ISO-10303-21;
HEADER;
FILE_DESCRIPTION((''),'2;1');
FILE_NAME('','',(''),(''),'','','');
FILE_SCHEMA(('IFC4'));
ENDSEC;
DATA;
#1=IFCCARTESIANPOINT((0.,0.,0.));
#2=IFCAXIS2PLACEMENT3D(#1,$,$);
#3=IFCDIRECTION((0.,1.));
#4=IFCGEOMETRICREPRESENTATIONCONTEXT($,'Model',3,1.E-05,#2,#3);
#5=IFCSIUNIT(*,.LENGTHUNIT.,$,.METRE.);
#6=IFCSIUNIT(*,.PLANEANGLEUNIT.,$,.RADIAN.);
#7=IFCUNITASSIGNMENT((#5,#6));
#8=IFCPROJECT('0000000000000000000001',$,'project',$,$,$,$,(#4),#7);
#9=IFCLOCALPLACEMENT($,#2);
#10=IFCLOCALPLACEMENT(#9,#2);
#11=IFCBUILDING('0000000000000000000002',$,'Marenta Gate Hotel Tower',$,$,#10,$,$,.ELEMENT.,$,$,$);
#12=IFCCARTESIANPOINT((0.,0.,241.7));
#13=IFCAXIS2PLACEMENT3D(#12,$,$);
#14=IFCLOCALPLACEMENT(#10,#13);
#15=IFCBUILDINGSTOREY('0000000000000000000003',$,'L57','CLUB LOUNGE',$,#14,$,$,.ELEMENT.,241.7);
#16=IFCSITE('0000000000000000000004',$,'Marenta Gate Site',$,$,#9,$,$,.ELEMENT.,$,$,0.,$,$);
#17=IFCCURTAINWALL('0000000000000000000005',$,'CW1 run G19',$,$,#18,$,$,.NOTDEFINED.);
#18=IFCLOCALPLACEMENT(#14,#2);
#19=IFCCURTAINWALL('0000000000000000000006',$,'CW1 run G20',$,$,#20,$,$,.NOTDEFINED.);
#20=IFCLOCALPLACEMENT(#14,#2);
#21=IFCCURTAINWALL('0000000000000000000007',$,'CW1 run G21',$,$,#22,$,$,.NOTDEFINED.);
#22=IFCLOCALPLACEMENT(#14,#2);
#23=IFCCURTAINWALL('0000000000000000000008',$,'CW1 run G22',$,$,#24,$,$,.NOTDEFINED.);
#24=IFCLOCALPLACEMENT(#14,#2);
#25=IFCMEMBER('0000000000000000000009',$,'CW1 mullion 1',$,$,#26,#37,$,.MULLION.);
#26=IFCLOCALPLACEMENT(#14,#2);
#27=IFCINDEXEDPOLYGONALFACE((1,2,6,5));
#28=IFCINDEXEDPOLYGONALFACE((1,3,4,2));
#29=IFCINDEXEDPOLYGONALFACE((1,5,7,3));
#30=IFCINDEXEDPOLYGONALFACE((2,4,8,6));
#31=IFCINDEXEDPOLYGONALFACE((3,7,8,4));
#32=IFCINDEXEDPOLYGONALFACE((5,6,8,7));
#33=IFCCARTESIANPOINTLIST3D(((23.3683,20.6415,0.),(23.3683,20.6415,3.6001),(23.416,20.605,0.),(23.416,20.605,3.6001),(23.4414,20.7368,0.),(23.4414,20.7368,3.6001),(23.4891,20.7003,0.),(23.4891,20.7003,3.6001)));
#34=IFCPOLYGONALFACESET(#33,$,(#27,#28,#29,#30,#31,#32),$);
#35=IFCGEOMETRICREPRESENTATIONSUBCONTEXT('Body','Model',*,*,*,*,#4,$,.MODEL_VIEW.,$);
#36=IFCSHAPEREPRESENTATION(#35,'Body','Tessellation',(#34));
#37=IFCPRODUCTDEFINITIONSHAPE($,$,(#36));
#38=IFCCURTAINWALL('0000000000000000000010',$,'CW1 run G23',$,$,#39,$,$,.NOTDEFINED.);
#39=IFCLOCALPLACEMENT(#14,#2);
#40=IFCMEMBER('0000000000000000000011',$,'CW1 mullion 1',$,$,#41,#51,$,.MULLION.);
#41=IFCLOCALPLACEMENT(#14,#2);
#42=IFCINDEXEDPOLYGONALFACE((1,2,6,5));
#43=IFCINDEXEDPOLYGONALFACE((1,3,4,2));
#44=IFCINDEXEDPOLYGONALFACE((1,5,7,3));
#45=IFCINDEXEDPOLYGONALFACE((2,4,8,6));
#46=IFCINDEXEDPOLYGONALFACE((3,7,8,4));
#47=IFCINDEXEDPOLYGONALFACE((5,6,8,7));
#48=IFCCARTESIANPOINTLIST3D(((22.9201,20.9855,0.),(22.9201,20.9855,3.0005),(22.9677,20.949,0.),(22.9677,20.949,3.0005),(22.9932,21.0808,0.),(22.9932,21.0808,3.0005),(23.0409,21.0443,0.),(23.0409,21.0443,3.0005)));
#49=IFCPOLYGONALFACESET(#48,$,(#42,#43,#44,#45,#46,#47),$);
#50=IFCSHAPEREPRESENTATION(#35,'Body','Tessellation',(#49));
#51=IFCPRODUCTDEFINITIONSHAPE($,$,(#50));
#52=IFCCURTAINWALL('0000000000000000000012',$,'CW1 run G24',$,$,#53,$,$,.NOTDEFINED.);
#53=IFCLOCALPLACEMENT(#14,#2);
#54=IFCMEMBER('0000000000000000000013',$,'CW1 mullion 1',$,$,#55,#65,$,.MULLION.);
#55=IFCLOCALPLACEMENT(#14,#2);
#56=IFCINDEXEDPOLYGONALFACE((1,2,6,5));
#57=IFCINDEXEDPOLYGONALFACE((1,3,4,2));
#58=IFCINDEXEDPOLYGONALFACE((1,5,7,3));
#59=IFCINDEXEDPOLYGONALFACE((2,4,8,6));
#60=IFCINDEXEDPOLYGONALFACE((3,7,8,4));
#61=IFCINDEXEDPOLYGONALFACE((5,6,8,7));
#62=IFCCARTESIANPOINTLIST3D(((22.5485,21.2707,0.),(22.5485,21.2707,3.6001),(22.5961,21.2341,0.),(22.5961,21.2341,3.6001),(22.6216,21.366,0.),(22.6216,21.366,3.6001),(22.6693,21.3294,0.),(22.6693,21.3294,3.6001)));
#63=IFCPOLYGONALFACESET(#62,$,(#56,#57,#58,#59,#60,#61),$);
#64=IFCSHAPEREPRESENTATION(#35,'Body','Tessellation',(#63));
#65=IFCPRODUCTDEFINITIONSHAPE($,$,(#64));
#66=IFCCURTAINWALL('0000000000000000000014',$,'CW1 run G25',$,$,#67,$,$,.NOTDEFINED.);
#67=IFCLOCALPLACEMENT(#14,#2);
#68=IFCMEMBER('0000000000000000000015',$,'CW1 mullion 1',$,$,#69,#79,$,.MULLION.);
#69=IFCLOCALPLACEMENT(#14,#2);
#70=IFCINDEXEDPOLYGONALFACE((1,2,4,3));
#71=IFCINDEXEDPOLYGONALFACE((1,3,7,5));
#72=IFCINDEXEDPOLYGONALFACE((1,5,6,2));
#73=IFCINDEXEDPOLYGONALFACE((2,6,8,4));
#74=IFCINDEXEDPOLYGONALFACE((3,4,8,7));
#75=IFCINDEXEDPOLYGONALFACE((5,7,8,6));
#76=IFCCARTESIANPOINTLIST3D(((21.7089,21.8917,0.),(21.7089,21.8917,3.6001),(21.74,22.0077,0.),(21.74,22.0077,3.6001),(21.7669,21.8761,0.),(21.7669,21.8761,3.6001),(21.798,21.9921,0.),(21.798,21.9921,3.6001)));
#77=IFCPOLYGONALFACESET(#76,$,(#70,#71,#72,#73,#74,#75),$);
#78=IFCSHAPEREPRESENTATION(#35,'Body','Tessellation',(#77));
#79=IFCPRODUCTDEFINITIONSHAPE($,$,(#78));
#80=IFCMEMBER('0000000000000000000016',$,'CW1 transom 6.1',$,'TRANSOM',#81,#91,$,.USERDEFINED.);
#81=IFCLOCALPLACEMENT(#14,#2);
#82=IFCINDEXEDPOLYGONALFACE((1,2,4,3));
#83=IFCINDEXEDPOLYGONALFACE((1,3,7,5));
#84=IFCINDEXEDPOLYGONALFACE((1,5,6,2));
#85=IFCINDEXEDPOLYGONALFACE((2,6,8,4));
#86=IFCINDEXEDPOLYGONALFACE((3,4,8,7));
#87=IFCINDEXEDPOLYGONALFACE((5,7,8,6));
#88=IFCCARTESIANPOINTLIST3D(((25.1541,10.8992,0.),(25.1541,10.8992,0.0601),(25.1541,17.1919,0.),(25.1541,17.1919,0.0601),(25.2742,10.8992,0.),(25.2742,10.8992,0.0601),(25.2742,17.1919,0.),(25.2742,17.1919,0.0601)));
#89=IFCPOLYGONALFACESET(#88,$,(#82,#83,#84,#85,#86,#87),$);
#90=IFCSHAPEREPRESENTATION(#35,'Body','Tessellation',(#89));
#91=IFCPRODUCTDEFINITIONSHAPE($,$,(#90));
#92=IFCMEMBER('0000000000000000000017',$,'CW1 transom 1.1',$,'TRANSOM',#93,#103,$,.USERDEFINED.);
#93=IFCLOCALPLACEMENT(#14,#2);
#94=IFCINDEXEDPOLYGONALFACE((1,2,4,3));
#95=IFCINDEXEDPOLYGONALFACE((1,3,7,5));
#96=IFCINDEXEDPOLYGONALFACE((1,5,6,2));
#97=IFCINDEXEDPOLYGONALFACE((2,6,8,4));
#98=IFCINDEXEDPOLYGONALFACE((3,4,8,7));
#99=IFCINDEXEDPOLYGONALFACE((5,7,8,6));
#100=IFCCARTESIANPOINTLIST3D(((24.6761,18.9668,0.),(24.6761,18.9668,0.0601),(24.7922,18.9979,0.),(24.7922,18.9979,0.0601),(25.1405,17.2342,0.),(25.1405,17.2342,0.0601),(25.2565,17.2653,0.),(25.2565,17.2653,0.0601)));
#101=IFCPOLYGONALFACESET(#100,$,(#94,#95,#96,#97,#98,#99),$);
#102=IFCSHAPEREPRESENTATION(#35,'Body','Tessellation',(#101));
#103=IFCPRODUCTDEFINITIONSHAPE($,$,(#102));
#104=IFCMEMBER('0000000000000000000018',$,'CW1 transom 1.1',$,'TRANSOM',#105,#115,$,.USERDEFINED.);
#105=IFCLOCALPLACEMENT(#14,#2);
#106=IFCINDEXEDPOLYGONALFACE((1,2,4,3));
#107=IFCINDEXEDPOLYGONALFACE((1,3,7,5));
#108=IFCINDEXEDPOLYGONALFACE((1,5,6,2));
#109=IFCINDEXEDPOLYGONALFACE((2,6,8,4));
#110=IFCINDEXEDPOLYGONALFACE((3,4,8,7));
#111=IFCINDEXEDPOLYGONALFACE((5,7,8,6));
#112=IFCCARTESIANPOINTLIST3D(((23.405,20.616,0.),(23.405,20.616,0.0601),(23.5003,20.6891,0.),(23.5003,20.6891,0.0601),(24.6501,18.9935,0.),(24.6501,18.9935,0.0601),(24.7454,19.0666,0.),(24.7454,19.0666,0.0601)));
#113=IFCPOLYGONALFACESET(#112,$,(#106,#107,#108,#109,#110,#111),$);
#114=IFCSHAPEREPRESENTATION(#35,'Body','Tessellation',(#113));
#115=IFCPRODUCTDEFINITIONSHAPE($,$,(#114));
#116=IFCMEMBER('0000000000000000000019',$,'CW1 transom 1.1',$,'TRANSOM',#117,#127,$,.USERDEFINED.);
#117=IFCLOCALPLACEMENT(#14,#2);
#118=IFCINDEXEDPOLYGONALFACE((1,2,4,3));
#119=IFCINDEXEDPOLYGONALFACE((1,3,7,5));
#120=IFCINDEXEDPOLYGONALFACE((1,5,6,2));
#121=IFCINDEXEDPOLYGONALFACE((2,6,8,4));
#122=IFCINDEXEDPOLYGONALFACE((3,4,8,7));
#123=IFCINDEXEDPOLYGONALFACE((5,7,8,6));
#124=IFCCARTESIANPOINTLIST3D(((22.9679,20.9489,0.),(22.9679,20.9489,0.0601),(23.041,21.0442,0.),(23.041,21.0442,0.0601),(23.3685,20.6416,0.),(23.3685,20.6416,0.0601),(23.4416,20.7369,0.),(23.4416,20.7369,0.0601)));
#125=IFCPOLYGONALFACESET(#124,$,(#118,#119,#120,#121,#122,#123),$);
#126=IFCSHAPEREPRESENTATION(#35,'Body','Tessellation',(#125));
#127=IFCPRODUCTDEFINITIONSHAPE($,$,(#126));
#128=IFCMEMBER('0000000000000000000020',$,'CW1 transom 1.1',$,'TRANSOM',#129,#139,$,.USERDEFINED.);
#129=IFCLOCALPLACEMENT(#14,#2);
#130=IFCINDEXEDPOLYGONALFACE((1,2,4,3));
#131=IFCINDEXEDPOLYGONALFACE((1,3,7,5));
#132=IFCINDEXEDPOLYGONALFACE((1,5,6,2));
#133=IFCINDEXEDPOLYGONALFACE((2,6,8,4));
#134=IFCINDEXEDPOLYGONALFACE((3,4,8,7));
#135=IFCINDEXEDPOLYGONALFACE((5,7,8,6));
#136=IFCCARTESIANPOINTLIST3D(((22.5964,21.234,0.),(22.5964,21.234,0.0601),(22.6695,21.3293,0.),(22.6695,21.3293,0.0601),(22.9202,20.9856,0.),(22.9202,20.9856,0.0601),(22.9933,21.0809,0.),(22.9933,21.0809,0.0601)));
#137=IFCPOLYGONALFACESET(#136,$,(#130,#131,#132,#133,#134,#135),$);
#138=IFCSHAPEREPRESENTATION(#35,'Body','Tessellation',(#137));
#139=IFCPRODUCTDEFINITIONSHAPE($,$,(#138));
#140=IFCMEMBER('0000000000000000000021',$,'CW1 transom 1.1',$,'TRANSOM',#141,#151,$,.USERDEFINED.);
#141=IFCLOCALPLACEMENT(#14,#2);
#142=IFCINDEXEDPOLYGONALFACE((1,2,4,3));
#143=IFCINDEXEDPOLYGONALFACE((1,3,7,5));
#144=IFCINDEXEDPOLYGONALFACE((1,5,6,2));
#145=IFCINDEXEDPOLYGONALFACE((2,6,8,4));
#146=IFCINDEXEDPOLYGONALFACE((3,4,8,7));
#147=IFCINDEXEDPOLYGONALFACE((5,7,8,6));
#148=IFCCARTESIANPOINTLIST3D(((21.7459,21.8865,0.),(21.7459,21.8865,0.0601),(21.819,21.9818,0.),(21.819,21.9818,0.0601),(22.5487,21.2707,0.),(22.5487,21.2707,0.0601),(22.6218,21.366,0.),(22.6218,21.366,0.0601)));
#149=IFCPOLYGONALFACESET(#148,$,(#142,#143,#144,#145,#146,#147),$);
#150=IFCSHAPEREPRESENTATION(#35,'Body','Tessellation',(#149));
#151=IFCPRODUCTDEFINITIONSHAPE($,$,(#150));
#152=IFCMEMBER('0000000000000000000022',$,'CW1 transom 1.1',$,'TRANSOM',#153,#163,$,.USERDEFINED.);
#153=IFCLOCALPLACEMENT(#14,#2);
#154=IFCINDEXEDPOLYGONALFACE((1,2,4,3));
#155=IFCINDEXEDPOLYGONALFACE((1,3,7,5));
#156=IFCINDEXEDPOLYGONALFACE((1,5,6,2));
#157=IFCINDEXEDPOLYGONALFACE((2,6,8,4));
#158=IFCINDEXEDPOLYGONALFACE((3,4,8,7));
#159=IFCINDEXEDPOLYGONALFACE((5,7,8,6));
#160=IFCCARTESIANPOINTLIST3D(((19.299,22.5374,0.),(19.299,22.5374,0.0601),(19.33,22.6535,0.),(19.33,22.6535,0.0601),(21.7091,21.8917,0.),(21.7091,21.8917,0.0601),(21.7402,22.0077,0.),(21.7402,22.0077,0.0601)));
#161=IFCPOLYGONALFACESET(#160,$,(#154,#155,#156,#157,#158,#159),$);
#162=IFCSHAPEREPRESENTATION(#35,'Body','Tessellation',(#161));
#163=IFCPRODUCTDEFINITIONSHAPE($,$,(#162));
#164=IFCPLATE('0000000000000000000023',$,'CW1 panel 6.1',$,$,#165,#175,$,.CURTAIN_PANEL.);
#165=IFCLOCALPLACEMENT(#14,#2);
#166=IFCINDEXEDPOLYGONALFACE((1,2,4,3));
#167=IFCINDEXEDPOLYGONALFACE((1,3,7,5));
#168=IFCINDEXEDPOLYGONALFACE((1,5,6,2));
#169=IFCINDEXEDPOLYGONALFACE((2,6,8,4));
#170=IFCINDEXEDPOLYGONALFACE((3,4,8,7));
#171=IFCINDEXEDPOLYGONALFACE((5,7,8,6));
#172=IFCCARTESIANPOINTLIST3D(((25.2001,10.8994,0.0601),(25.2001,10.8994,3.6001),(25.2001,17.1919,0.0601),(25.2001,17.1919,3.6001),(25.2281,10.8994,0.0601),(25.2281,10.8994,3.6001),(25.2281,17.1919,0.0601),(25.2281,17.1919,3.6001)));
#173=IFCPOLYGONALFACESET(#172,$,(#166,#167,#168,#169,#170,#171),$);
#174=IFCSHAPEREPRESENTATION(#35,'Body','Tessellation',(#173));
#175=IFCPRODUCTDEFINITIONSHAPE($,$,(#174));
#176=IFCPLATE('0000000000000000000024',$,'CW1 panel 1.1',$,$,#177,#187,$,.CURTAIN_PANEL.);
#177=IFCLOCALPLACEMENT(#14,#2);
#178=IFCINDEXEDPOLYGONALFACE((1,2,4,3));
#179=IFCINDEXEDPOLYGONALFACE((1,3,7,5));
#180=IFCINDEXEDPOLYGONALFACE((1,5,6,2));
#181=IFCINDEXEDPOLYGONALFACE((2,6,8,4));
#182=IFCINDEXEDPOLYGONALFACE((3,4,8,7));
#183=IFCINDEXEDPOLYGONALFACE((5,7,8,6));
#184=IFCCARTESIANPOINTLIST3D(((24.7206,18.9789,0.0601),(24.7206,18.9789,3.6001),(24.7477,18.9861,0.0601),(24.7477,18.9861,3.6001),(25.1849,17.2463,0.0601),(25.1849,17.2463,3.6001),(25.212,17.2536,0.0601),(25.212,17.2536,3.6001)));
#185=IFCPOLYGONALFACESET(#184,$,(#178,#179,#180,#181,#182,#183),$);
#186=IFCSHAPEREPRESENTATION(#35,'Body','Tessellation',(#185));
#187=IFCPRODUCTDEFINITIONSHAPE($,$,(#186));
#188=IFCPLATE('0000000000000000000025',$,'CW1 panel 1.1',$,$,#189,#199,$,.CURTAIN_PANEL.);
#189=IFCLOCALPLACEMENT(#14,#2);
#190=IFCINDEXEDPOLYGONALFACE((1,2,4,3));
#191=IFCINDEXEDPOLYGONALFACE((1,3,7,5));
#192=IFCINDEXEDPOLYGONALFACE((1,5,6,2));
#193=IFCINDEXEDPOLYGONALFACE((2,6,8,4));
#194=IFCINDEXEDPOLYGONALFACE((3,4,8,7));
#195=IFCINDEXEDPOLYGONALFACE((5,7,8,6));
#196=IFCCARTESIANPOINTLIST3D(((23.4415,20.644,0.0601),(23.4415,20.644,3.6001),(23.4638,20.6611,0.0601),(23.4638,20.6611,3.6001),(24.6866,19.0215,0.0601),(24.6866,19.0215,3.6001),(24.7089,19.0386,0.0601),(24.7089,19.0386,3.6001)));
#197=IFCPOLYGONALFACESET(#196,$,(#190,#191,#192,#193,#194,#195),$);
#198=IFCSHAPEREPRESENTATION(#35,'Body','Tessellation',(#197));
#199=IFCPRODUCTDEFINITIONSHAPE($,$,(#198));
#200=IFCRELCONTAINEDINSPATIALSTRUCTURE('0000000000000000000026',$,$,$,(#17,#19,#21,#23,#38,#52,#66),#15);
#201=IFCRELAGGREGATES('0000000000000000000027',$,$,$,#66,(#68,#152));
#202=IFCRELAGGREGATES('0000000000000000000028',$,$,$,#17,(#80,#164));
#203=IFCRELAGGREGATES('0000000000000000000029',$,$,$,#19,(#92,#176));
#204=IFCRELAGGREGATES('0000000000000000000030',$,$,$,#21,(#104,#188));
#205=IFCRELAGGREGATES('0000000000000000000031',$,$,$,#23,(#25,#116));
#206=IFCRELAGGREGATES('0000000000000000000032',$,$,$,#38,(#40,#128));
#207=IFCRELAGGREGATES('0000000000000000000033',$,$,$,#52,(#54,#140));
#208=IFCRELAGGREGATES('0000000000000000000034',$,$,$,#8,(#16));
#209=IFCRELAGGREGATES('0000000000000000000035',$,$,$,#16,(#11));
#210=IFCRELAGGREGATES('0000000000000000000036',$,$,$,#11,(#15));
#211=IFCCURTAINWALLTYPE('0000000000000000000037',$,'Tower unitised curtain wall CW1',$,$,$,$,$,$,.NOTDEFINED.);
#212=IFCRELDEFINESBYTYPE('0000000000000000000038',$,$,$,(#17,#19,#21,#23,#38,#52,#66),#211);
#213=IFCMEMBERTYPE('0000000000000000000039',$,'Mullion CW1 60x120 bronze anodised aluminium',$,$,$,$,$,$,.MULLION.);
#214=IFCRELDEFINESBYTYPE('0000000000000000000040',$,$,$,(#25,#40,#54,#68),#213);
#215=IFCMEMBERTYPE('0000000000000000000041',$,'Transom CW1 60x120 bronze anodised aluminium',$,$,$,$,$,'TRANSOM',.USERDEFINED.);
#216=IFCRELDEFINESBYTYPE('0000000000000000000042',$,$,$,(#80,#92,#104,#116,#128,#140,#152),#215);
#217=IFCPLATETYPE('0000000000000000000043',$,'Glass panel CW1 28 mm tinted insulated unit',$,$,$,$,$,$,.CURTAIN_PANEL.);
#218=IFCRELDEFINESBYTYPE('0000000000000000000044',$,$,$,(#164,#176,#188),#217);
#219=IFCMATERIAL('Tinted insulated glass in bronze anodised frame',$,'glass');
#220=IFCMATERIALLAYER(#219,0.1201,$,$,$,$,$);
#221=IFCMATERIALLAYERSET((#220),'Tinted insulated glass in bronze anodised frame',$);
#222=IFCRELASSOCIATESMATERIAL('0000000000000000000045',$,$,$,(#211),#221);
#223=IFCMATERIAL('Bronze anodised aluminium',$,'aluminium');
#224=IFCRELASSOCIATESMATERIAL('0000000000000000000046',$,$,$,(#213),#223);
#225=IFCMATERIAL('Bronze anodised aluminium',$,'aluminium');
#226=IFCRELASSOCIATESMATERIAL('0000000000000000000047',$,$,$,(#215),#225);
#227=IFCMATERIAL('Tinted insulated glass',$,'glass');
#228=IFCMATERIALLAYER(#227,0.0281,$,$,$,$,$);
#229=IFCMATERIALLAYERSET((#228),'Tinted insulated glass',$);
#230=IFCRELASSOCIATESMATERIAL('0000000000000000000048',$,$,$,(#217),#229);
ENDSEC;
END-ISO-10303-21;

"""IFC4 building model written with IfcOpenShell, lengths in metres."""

from ifc_helpers import new_model, si_unit, direction, frame, origin, origin_2d, place, context, subcontext, project, spatial, rectangle, extrude, material, layer, layer_set, material_profile, profile_set, type_object, element, aggregate, save


model = new_model("IFC4")

# Units and contexts
model_context = context("Model", 3, precision=1e-05, world=origin(), true_north=direction((0.0, 1.0)))
body_context = subcontext(model_context, "Body", "Model", "MODEL_VIEW")
ifc_project = project(units=[si_unit("LENGTHUNIT", "METRE"), si_unit("PLANEANGLEUNIT", "RADIAN")], contexts=[model_context])

# Site, building, storey
site_placement = place(None, origin())
site = spatial("IfcSite", under=ifc_project, at=site_placement, Name="Marenta Gate Site", CompositionType="ELEMENT", RefElevation=0.0)
building_placement = place(site_placement, origin())
building = spatial("IfcBuilding", under=site, at=building_placement, Name="Marenta Gate Hotel Tower", CompositionType="ELEMENT")
storey_placement = place(building_placement, frame((0.0, 0.0, 241.7)))
storey = spatial("IfcBuildingStorey", under=building, at=storey_placement, Name="L57", Description="CLUB LOUNGE", CompositionType="ELEMENT", Elevation=241.7)

# Curtain walls, members
ifc_material_1 = material(Name="Tinted insulated glass in bronze anodised frame", Category="glass")
ifc_layer_1 = layer(ifc_material_1, 0.1201)
ifc_layer_set_1 = layer_set([ifc_layer_1], Name="Tinted insulated glass in bronze anodised frame")
curtain_wall_type = type_object("IfcCurtainWallType", Name="Tower unitised curtain wall CW1", PredefinedType="NOTDEFINED", material=ifc_layer_set_1)
curtain_wall_1_placement = place(storey_placement, origin())
curtain_wall_1 = element("IfcCurtainWall", 1, at=curtain_wall_1_placement, inside=storey, type_object=curtain_wall_type, Name="CW1 run G19", PredefinedType="NOTDEFINED")
ifc_material_2 = material(Name="Bronze anodised aluminium", Category="aluminium")
ifc_material_profile_1 = material_profile(ifc_material_2, rectangle(XDim=0.1201, YDim=0.0601, at=origin_2d()), Name="Mullion CW1 60x120 bronze anodised aluminium")
ifc_profile_set_1 = profile_set([ifc_material_profile_1], Name="Bronze anodised aluminium")
member_type_1 = type_object("IfcMemberType", Name="Mullion CW1 60x120 bronze anodised aluminium", PredefinedType="MULLION", material=ifc_profile_set_1)
curtain_wall_2_placement = place(storey_placement, origin())
curtain_wall_2 = element("IfcCurtainWall", 2, at=curtain_wall_2_placement, inside=storey, type_object=curtain_wall_type, Name="CW1 run G20", PredefinedType="NOTDEFINED")
curtain_wall_3_placement = place(storey_placement, origin())
curtain_wall_3 = element("IfcCurtainWall", 3, at=curtain_wall_3_placement, inside=storey, type_object=curtain_wall_type, Name="CW1 run G21", PredefinedType="NOTDEFINED")
curtain_wall_4_placement = place(storey_placement, origin())
curtain_wall_4 = element("IfcCurtainWall", 4, at=curtain_wall_4_placement, inside=storey, type_object=curtain_wall_type, Name="CW1 run G22", PredefinedType="NOTDEFINED")
member_1_placement = place(storey_placement, frame((23.4287, 20.6709, 0.0), z_axis=(0.0, 0.0, 1.0), x_axis=(-0.60877, -0.793347, 0.0)))
member_1 = element("IfcMember", 5, at=member_1_placement, type_object=member_type_1, Name="CW1 mullion 1", PredefinedType="MULLION", context=body_context, shape_type="SweptSolid", body=[
    extrude(rectangle(XDim=0.1201, YDim=0.0601, at=origin_2d()), origin(), (0.0, 0.0, 1.0), 3.6001),
])
curtain_wall_5_placement = place(storey_placement, origin())
curtain_wall_5 = element("IfcCurtainWall", 6, at=curtain_wall_5_placement, inside=storey, type_object=curtain_wall_type, Name="CW1 run G23", PredefinedType="NOTDEFINED")
member_2_placement = place(storey_placement, frame((22.9805, 21.0149, 0.0), z_axis=(0.0, 0.0, 1.0), x_axis=(-0.608844, -0.79329, 0.0)))
member_2 = element("IfcMember", 7, at=member_2_placement, type_object=member_type_1, Name="CW1 mullion 1", PredefinedType="MULLION", context=body_context, shape_type="SweptSolid", body=[
    extrude(rectangle(XDim=0.1201, YDim=0.0601, at=origin_2d()), origin(), (0.0, 0.0, 1.0), 3.0005),
])
curtain_wall_6_placement = place(storey_placement, origin())
curtain_wall_6 = element("IfcCurtainWall", 8, at=curtain_wall_6_placement, inside=storey, type_object=curtain_wall_type, Name="CW1 run G24", PredefinedType="NOTDEFINED")
member_3_placement = place(storey_placement, frame((22.6089, 21.3, 0.0), z_axis=(0.0, 0.0, 1.0), x_axis=(-0.608772, -0.793345, 0.0)))
member_3 = element("IfcMember", 9, at=member_3_placement, type_object=member_type_1, Name="CW1 mullion 1", PredefinedType="MULLION", context=body_context, shape_type="SweptSolid", body=[
    extrude(rectangle(XDim=0.1201, YDim=0.0601, at=origin_2d()), origin(), (0.0, 0.0, 1.0), 3.6001),
])
curtain_wall_7_placement = place(storey_placement, origin())
curtain_wall_7 = element("IfcCurtainWall", 10, at=curtain_wall_7_placement, inside=storey, type_object=curtain_wall_type, Name="CW1 run G25", PredefinedType="NOTDEFINED")
member_4_placement = place(storey_placement, frame((21.7534, 21.9419, 0.0), z_axis=(0.0, 0.0, 1.0), x_axis=(-0.258805, -0.96593, 0.0)))
member_4 = element("IfcMember", 11, at=member_4_placement, type_object=member_type_1, Name="CW1 mullion 1", PredefinedType="MULLION", context=body_context, shape_type="SweptSolid", body=[
    extrude(rectangle(XDim=0.1201, YDim=0.0601, at=origin_2d()), origin(), (0.0, 0.0, 1.0), 3.6001),
])

# Members
ifc_material_3 = material(Name="Bronze anodised aluminium", Category="aluminium")
ifc_material_profile_2 = material_profile(ifc_material_3, rectangle(XDim=0.1201, YDim=0.0601, at=origin_2d()), Name="Transom CW1 60x120 bronze anodised aluminium")
ifc_profile_set_2 = profile_set([ifc_material_profile_2], Name="Bronze anodised aluminium")
member_type_2 = type_object("IfcMemberType", Name="Transom CW1 60x120 bronze anodised aluminium", ElementType="TRANSOM", PredefinedType="USERDEFINED", material=ifc_profile_set_2)
member_5_placement = place(storey_placement, frame((25.2141, 10.8992, 0.03), z_axis=(0.0, 1.0, 0.0), x_axis=(-1.0, 0.0, 0.0)))
member_5 = element("IfcMember", 12, at=member_5_placement, type_object=member_type_2, Name="CW1 transom 6.1", ObjectType="TRANSOM", PredefinedType="USERDEFINED", context=body_context, shape_type="SweptSolid", body=[
    extrude(rectangle(XDim=0.1201, YDim=0.0601, at=origin_2d()), origin(), (0.0, 0.0, 1.0), 6.2927),
])
member_6_placement = place(storey_placement, frame((25.1985, 17.2498, 0.03), z_axis=(-0.258865, 0.965913, 0.0), x_axis=(-0.965913, -0.258865, 0.0)))
member_6 = element("IfcMember", 13, at=member_6_placement, type_object=member_type_2, Name="CW1 transom 1.1", ObjectType="TRANSOM", PredefinedType="USERDEFINED", context=body_context, shape_type="SweptSolid", body=[
    extrude(rectangle(XDim=0.1201, YDim=0.0601, at=origin_2d()), origin(), (0.0, 0.0, 1.0), 1.7937),
])
member_7_placement = place(storey_placement, frame((24.6978, 19.03, 0.03), z_axis=(-0.608787, 0.793333, 0.0), x_axis=(-0.793333, -0.608787, 0.0)))
member_7 = element("IfcMember", 14, at=member_7_placement, type_object=member_type_2, Name="CW1 transom 1.1", ObjectType="TRANSOM", PredefinedType="USERDEFINED", context=body_context, shape_type="SweptSolid", body=[
    extrude(rectangle(XDim=0.1201, YDim=0.0601, at=origin_2d()), origin(), (0.0, 0.0, 1.0), 2.0452),
])
member_8_placement = place(storey_placement, frame((23.405, 20.6892, 0.03), z_axis=(-0.793396, 0.608706, 0.0), x_axis=(-0.608706, -0.793396, 0.0)))
member_8 = element("IfcMember", 15, at=member_8_placement, type_object=member_type_2, Name="CW1 transom 1.1", ObjectType="TRANSOM", PredefinedType="USERDEFINED", context=body_context, shape_type="SweptSolid", body=[
    extrude(rectangle(XDim=0.1201, YDim=0.0601, at=origin_2d()), origin(), (0.0, 0.0, 1.0), 0.5049),
])
member_9_placement = place(storey_placement, frame((22.9568, 21.0332, 0.03), z_axis=(-0.793423, 0.60867, 0.0), x_axis=(-0.60867, -0.793423, 0.0)))
member_9 = element("IfcMember", 16, at=member_9_placement, type_object=member_type_2, Name="CW1 transom 1.1", ObjectType="TRANSOM", PredefinedType="USERDEFINED", context=body_context, shape_type="SweptSolid", body=[
    extrude(rectangle(XDim=0.1201, YDim=0.0601, at=origin_2d()), origin(), (0.0, 0.0, 1.0), 0.4082),
])
member_10_placement = place(storey_placement, frame((22.5852, 21.3184, 0.03), z_axis=(-0.793467, 0.608614, 0.0), x_axis=(-0.608614, -0.793467, 0.0)))
member_10 = element("IfcMember", 17, at=member_10_placement, type_object=member_type_2, Name="CW1 transom 1.1", ObjectType="TRANSOM", PredefinedType="USERDEFINED", context=body_context, shape_type="SweptSolid", body=[
    extrude(rectangle(XDim=0.1201, YDim=0.0601, at=origin_2d()), origin(), (0.0, 0.0, 1.0), 1.0117),
])
member_11_placement = place(storey_placement, frame((21.7246, 21.9497, 0.03), z_axis=(-0.965931, 0.258801, 0.0), x_axis=(-0.258801, -0.965931, 0.0)))
member_11 = element("IfcMember", 18, at=member_11_placement, type_object=member_type_2, Name="CW1 transom 1.1", ObjectType="TRANSOM", PredefinedType="USERDEFINED", context=body_context, shape_type="SweptSolid", body=[
    extrude(rectangle(XDim=0.1201, YDim=0.0601, at=origin_2d()), origin(), (0.0, 0.0, 1.0), 2.4951),
])
aggregate(curtain_wall_7, [member_4, member_11])

# Plates
ifc_material_4 = material(Name="Tinted insulated glass", Category="glass")
ifc_layer_2 = layer(ifc_material_4, 0.0281)
ifc_layer_set_2 = layer_set([ifc_layer_2], Name="Tinted insulated glass")
plate_type = type_object("IfcPlateType", Name="Glass panel CW1 28 mm tinted insulated unit", PredefinedType="CURTAIN_PANEL", material=ifc_layer_set_2)
plate_1_placement = place(storey_placement, frame((25.2141, 14.0457, 0.0601), z_axis=(0.0, 0.0, 1.0), x_axis=(0.0, 1.0, 0.0)))
plate_1 = element("IfcPlate", 19, at=plate_1_placement, type_object=plate_type, Name="CW1 panel 6.1", PredefinedType="CURTAIN_PANEL", context=body_context, shape_type="SweptSolid", body=[
    extrude(rectangle(XDim=6.2925, YDim=0.0281, at=origin_2d()), origin(), (0.0, 0.0, 1.0), 3.54),
])
aggregate(curtain_wall_1, [member_5, plate_1])
plate_2_placement = place(storey_placement, frame((24.9663, 18.1162, 0.0601), z_axis=(0.0, 0.0, 1.0), x_axis=(-0.258824, 0.965924, 0.0)))
plate_2 = element("IfcPlate", 20, at=plate_2_placement, type_object=plate_type, Name="CW1 panel 1.1", PredefinedType="CURTAIN_PANEL", context=body_context, shape_type="SweptSolid", body=[
    extrude(rectangle(XDim=1.7937, YDim=0.0281, at=origin_2d()), origin(), (0.0, 0.0, 1.0), 3.54),
])
aggregate(curtain_wall_2, [member_6, plate_2])
plate_3_placement = place(storey_placement, frame((24.0752, 19.8413, 0.0601), z_axis=(0.0, 0.0, 1.0), x_axis=(-0.608787, 0.793333, 0.0)))
plate_3 = element("IfcPlate", 21, at=plate_3_placement, type_object=plate_type, Name="CW1 panel 1.1", PredefinedType="CURTAIN_PANEL", context=body_context, shape_type="SweptSolid", body=[
    extrude(rectangle(XDim=2.0452, YDim=0.0281, at=origin_2d()), origin(), (0.0, 0.0, 1.0), 3.54),
])
aggregate(curtain_wall_3, [member_7, plate_3])
aggregate(curtain_wall_4, [member_1, member_8])
aggregate(curtain_wall_5, [member_2, member_9])
aggregate(curtain_wall_6, [member_3, member_10])

save(model, "model.ifc")
